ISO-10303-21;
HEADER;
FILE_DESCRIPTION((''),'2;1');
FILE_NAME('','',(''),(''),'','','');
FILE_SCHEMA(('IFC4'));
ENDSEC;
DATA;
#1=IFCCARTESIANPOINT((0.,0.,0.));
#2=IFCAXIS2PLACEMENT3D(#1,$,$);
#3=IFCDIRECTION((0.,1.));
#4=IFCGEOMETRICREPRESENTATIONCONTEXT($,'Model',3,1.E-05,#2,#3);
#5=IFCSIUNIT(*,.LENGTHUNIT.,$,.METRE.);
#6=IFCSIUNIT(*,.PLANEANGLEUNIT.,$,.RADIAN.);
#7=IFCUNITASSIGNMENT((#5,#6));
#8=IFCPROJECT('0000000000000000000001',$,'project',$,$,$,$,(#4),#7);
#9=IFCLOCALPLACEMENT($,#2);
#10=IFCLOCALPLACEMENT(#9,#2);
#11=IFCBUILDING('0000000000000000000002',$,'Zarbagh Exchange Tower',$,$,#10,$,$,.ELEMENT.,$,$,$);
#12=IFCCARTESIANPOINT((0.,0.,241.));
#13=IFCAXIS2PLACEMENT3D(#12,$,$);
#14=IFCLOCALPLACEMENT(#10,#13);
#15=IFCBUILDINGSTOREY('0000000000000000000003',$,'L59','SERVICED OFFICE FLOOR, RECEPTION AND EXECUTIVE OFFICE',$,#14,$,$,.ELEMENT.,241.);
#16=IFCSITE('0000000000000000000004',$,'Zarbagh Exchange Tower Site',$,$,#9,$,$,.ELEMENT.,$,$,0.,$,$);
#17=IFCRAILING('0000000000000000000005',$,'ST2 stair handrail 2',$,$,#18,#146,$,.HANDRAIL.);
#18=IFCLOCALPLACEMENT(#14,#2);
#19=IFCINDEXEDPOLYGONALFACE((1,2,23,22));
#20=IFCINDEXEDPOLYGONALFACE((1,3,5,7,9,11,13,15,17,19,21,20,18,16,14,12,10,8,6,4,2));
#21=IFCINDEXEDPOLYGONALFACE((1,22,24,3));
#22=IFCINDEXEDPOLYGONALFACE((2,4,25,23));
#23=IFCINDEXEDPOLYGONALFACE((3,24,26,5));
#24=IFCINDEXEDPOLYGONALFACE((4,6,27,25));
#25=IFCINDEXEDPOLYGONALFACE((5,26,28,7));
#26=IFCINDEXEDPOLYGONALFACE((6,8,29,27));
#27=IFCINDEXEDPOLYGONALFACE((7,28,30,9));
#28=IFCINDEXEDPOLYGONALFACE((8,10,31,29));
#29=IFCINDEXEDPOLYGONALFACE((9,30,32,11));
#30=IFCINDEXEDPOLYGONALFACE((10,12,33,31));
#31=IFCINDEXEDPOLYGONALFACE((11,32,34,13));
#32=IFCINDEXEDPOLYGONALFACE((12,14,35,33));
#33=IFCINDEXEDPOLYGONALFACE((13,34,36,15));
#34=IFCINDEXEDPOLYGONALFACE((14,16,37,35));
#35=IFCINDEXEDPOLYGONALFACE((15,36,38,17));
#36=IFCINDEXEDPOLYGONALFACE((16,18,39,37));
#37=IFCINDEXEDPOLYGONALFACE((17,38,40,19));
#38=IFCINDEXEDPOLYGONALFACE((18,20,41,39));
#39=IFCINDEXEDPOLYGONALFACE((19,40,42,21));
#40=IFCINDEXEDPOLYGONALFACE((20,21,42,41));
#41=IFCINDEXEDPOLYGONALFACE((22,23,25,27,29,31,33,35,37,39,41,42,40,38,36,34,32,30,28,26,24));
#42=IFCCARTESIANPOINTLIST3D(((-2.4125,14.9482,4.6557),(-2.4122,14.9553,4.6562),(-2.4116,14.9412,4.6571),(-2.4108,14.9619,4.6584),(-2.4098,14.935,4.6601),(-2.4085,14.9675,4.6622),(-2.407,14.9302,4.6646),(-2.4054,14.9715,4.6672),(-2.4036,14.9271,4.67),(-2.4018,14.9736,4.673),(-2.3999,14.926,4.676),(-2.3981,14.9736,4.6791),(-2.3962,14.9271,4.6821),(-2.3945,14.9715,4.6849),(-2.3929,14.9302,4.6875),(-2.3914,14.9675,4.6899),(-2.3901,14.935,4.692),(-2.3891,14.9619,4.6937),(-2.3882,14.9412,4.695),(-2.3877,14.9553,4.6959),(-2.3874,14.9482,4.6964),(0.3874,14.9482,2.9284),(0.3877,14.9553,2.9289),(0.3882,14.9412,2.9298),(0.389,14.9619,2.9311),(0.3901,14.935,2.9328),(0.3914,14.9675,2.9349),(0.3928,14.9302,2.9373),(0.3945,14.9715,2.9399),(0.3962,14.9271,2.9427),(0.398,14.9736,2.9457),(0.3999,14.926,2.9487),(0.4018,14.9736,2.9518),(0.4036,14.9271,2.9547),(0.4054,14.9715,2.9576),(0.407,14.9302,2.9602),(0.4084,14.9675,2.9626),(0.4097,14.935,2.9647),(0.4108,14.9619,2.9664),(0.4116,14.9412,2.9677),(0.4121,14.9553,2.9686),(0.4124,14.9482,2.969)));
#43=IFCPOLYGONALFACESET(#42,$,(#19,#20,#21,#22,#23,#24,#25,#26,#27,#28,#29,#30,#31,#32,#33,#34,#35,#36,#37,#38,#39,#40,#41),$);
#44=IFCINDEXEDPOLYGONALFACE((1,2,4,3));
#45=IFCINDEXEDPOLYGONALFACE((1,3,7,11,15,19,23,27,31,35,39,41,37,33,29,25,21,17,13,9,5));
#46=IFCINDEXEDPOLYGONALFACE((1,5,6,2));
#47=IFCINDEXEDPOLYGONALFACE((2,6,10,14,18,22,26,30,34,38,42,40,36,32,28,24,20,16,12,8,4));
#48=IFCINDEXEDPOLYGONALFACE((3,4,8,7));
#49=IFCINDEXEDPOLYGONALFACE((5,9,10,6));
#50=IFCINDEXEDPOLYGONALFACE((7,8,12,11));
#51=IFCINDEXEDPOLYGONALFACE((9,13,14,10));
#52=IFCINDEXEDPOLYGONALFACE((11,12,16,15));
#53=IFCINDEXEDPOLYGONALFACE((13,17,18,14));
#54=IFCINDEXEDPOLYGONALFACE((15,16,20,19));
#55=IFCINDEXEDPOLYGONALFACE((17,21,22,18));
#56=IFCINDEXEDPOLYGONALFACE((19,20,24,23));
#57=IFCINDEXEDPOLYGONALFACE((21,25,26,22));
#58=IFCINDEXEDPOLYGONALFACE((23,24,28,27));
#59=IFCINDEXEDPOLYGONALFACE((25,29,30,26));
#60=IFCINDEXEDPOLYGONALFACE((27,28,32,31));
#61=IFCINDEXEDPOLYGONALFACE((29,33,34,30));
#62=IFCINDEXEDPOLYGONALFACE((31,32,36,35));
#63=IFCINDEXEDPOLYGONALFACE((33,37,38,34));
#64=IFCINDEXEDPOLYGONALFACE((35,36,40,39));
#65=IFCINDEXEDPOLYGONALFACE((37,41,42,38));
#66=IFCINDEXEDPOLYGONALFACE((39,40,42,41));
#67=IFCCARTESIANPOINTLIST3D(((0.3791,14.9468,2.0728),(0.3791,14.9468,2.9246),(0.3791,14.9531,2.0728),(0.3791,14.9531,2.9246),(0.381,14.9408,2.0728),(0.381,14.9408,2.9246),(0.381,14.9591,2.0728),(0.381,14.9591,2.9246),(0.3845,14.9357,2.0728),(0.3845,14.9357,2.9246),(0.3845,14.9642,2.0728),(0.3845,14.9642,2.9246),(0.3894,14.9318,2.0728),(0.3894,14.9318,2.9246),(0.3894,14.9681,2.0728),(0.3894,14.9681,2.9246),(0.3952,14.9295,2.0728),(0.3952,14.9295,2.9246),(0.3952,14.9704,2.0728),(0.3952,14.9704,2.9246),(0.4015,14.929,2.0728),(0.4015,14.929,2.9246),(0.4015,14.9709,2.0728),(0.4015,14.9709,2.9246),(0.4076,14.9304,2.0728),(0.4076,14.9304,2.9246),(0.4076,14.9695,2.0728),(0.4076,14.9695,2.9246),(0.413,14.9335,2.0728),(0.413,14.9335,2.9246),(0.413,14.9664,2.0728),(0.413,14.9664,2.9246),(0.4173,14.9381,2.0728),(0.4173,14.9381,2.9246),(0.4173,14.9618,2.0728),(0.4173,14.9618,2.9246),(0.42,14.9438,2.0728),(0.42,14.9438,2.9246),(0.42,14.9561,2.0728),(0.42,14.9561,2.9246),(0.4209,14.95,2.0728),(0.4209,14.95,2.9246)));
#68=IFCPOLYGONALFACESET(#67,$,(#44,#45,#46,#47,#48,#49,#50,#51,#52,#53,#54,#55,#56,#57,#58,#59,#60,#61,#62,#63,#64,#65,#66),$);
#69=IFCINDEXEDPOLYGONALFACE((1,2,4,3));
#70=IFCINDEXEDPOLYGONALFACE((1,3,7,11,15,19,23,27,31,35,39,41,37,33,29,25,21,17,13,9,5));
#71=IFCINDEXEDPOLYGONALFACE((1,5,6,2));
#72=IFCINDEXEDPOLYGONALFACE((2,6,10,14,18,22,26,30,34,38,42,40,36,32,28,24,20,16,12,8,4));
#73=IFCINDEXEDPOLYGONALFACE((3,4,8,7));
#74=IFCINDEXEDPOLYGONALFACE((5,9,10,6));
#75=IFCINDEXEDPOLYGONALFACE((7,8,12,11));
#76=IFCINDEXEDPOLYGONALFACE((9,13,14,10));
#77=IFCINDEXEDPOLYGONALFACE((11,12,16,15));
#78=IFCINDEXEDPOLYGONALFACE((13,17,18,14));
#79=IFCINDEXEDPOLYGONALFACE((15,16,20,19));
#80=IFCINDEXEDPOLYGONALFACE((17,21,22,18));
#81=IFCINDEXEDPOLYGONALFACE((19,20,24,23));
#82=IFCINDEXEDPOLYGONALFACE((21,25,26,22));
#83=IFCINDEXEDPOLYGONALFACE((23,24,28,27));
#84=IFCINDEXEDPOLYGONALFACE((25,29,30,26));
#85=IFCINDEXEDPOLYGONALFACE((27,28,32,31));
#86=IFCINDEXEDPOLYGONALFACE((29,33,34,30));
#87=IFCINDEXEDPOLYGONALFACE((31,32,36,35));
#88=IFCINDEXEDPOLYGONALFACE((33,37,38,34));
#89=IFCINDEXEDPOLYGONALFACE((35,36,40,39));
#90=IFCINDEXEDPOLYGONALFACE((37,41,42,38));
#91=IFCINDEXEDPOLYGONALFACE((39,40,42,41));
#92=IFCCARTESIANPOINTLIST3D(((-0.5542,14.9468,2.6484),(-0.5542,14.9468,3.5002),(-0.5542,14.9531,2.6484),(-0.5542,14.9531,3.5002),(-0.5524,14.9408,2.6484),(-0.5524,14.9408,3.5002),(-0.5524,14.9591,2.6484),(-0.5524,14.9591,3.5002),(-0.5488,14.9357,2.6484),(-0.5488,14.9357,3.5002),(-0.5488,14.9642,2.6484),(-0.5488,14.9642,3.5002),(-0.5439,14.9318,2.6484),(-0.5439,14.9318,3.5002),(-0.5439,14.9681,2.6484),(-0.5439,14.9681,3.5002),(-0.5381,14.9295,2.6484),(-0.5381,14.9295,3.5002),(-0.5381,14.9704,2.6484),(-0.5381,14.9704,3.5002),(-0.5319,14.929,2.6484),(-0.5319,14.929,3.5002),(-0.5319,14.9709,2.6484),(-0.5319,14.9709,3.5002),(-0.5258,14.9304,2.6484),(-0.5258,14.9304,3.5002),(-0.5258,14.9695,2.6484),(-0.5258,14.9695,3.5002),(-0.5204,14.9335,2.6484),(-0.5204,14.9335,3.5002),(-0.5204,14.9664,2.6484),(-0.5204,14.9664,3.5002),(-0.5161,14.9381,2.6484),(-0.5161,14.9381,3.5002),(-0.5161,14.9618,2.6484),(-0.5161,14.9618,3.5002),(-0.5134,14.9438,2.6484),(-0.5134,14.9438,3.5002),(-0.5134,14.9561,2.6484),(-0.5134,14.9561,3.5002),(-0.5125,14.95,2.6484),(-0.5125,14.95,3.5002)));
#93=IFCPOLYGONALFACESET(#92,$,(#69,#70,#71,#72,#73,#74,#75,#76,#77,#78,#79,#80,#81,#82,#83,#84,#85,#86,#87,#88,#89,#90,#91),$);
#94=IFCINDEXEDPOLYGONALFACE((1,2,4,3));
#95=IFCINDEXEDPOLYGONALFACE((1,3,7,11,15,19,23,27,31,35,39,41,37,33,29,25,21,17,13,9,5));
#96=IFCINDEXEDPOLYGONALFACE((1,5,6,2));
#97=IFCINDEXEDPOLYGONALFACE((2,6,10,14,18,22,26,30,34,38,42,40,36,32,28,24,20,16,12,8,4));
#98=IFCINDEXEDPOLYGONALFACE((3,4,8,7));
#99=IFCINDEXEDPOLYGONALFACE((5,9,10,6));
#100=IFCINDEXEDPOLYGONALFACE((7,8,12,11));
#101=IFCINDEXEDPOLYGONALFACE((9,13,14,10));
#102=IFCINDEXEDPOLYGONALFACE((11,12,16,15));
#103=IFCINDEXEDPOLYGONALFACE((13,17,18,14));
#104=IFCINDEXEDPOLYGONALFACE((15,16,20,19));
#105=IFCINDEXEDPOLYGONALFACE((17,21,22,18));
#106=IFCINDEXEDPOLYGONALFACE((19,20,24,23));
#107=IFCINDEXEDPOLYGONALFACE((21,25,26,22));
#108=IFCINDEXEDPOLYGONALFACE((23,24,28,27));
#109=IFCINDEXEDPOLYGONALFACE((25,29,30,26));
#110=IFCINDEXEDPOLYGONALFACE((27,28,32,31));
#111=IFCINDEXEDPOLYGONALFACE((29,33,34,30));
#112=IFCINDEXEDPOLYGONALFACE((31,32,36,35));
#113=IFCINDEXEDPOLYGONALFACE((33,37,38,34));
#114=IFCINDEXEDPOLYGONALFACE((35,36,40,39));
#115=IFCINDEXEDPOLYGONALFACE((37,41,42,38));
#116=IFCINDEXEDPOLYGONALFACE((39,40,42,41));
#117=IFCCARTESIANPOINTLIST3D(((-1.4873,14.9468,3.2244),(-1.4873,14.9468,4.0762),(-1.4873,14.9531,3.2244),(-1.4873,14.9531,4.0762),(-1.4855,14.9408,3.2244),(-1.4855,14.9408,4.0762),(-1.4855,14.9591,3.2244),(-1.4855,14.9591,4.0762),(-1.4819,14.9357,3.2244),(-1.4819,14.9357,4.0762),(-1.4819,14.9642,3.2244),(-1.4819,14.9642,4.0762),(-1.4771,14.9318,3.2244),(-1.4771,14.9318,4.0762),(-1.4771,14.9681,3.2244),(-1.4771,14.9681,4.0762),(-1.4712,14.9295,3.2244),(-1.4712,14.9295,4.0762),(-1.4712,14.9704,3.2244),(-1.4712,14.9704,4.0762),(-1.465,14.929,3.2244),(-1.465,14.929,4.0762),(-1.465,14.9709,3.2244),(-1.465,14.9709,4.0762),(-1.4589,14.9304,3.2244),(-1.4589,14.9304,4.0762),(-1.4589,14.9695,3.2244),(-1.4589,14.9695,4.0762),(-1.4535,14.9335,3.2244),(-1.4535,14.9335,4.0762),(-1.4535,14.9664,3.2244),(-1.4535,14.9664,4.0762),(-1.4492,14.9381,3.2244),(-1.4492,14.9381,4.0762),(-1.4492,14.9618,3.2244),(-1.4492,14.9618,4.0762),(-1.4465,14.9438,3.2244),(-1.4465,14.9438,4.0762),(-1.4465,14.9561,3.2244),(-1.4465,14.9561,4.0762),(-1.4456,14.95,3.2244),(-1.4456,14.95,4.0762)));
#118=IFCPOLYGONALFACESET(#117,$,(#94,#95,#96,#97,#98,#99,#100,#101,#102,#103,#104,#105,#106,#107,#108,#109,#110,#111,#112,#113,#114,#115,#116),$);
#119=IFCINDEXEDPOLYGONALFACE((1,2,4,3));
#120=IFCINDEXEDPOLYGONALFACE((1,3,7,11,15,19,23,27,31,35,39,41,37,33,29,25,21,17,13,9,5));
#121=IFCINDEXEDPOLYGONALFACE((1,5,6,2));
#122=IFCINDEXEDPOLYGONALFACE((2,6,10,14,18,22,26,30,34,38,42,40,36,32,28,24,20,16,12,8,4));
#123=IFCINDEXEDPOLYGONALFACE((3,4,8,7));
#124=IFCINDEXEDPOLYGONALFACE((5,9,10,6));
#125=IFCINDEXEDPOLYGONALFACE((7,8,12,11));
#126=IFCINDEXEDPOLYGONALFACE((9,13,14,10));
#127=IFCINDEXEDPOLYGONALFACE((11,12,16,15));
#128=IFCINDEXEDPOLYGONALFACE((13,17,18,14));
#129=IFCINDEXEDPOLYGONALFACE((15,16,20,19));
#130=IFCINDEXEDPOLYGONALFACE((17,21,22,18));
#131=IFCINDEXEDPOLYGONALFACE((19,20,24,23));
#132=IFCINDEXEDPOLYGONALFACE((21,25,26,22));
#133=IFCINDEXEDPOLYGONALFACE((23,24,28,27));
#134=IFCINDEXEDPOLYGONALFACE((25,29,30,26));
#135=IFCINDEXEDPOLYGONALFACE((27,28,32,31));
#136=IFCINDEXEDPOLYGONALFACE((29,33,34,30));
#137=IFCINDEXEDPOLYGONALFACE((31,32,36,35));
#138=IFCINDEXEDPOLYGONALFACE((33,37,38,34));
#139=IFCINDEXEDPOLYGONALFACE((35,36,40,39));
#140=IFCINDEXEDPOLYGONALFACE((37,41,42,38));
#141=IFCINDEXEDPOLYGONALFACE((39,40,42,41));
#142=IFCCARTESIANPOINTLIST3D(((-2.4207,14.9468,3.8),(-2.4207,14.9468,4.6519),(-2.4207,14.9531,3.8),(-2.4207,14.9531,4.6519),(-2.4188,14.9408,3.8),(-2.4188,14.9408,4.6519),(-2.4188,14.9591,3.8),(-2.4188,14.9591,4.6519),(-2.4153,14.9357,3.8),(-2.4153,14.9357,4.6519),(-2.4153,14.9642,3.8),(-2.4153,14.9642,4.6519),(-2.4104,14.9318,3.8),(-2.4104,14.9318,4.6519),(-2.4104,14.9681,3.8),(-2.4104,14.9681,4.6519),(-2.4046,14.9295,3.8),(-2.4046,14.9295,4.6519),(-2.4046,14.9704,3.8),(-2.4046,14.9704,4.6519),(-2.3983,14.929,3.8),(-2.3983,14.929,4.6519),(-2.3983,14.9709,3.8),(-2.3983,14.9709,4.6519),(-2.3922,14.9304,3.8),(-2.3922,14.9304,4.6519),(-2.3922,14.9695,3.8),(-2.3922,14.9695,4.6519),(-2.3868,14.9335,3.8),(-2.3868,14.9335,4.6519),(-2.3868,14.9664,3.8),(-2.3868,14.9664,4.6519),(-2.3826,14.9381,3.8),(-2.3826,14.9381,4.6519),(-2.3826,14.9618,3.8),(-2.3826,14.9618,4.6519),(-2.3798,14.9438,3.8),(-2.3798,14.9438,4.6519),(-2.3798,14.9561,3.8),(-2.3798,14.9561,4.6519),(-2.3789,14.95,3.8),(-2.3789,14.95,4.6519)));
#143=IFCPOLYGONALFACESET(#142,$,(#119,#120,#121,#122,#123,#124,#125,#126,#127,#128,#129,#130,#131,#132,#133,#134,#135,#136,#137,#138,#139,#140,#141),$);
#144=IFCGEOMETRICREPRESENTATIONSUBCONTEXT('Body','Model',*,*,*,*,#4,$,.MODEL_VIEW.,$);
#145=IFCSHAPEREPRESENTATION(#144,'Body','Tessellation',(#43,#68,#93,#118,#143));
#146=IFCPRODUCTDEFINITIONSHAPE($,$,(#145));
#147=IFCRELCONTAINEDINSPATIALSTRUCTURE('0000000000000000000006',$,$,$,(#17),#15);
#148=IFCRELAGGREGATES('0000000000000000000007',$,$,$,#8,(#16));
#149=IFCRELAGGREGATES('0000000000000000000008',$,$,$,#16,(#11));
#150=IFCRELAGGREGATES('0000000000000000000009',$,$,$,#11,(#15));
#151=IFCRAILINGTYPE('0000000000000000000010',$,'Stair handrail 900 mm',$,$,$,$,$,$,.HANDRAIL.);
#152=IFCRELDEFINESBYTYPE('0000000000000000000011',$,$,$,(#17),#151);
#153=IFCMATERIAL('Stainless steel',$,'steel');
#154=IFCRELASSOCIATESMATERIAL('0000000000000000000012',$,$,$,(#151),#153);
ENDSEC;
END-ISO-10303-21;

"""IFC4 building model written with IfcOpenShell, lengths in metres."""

from ifc_helpers import new_model, si_unit, direction, frame, origin, origin_2d, place, context, subcontext, project, spatial, circle, extrude, material, type_object, element, save


model = new_model("IFC4")

# Units and contexts
model_context = context("Model", 3, precision=1e-05, world=origin(), true_north=direction((0.0, 1.0)))
body_context = subcontext(model_context, "Body", "Model", "MODEL_VIEW")
ifc_project = project(units=[si_unit("LENGTHUNIT", "METRE"), si_unit("PLANEANGLEUNIT", "RADIAN")], contexts=[model_context])

# Site, building, storey
site_placement = place(None, origin())
site = spatial("IfcSite", under=ifc_project, at=site_placement, Name="Zarbagh Exchange Tower Site", CompositionType="ELEMENT", RefElevation=0.0)
building_placement = place(site_placement, origin())
building = spatial("IfcBuilding", under=site, at=building_placement, Name="Zarbagh Exchange Tower", CompositionType="ELEMENT")
storey_placement = place(building_placement, frame((0.0, 0.0, 241.0)))
storey = spatial("IfcBuildingStorey", under=building, at=storey_placement, Name="L59", Description="SERVICED OFFICE FLOOR, RECEPTION AND EXECUTIVE OFFICE", CompositionType="ELEMENT", Elevation=241.0)

# Shared definitions
ifc_material_1 = material(Name="Stainless steel", Category="steel")

# Railing
railing_type = type_object("IfcRailingType", Name="Stair handrail 900 mm", PredefinedType="HANDRAIL", material=ifc_material_1)
railing_placement = place(storey_placement, frame((0.3999, 14.95, 2.0728)))
element("IfcRailing", 1, at=railing_placement, inside=storey, type_object=railing_type, Name="ST2 stair handrail 2", PredefinedType="HANDRAIL", context=body_context, shape_type="SweptSolid", body=[
    extrude(circle(Radius=0.0239, at=origin_2d()), frame((0.0, 0.0, 0.876), z_axis=(-0.851069, 0.0, 0.525054), x_axis=(0.0, -1.0, 0.0)), (0.0, 0.0, 1.0), 3.2898),
    extrude(circle(Radius=0.021, at=origin_2d()), origin(), (0.0, 0.0, 1.0), 0.8518),
    extrude(circle(Radius=0.021, at=origin_2d()), frame((-0.9333, 0.0, 0.5757)), (0.0, 0.0, 1.0), 0.8518),
    extrude(circle(Radius=0.021, at=origin_2d()), frame((-1.8665, 0.0, 1.1516)), (0.0, 0.0, 1.0), 0.8518),
    extrude(circle(Radius=0.021, at=origin_2d()), frame((-2.7998, 0.0, 1.7273)), (0.0, 0.0, 1.0), 0.8518),
])

save(model, "model.ifc")
